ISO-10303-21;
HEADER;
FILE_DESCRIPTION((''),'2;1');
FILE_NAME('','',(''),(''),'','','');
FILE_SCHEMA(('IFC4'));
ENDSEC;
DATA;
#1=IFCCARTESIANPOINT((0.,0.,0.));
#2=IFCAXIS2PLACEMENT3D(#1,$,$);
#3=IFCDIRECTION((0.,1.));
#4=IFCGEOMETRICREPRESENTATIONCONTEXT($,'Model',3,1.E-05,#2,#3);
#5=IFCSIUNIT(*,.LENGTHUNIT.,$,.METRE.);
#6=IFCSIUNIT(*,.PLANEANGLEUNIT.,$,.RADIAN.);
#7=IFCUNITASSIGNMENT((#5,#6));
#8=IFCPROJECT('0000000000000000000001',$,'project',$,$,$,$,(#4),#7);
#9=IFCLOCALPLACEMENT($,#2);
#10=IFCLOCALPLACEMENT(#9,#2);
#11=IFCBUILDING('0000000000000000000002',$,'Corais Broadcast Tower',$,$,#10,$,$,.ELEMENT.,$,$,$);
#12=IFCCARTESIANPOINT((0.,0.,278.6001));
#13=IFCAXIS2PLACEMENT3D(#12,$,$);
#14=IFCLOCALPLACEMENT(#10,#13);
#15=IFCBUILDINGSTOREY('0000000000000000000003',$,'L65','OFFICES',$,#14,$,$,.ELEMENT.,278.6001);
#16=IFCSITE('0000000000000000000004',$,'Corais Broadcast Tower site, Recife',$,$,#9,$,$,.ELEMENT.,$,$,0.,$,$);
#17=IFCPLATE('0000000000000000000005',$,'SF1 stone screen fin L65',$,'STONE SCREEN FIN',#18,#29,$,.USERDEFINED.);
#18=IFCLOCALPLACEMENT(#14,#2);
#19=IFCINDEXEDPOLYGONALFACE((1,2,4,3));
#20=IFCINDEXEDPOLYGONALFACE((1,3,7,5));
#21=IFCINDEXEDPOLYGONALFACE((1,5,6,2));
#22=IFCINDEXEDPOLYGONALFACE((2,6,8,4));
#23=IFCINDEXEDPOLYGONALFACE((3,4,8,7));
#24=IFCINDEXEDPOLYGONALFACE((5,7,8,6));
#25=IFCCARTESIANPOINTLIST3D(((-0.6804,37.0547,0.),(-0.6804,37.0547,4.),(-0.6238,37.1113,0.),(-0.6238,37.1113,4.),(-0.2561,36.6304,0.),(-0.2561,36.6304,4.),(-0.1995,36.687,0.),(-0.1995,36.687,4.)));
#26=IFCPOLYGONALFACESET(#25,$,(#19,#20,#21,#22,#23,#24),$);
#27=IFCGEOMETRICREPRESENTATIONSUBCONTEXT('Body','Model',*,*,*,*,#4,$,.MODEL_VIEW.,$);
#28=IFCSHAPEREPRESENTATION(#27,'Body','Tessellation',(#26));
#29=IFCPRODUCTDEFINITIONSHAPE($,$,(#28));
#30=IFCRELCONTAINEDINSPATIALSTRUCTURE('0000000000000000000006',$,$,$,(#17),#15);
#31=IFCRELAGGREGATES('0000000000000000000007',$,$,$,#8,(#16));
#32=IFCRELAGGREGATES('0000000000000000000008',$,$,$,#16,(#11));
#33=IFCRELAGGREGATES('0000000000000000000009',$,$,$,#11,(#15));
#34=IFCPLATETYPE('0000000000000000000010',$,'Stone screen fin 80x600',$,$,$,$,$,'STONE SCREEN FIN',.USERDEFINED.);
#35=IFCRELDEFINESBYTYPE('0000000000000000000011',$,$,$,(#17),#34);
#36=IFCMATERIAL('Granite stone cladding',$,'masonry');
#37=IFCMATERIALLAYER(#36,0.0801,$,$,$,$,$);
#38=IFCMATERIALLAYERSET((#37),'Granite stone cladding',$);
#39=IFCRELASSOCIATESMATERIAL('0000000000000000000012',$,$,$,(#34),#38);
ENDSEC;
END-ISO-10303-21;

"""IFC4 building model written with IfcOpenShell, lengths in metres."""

from ifc_helpers import new_model, si_unit, direction, frame, origin, origin_2d, place, context, subcontext, project, spatial, rectangle, extrude, material, layer, layer_set, type_object, element, save


model = new_model("IFC4")

# Units and contexts
model_context = context("Model", 3, precision=1e-05, world=origin(), true_north=direction((0.0, 1.0)))
body_context = subcontext(model_context, "Body", "Model", "MODEL_VIEW")
ifc_project = project(units=[si_unit("LENGTHUNIT", "METRE"), si_unit("PLANEANGLEUNIT", "RADIAN")], contexts=[model_context])

# Site, building, storey
site_placement = place(None, origin())
site = spatial("IfcSite", under=ifc_project, at=site_placement, Name="Corais Broadcast Tower site, Recife", CompositionType="ELEMENT", RefElevation=0.0)
building_placement = place(site_placement, origin())
building = spatial("IfcBuilding", under=site, at=building_placement, Name="Corais Broadcast Tower", CompositionType="ELEMENT")
storey_placement = place(building_placement, frame((0.0, 0.0, 278.6001)))
storey = spatial("IfcBuildingStorey", under=building, at=storey_placement, Name="L65", Description="OFFICES", CompositionType="ELEMENT", Elevation=278.6001)

# Plate
ifc_material_1 = material(Name="Granite stone cladding", Category="masonry")
ifc_layer_1 = layer(ifc_material_1, 0.0801)
ifc_layer_set_1 = layer_set([ifc_layer_1], Name="Granite stone cladding")
plate_type_1 = type_object("IfcPlateType", Name="Stone screen fin 80x600", ElementType="STONE SCREEN FIN", PredefinedType="USERDEFINED", material=ifc_layer_set_1)
plate_1_placement = place(storey_placement, frame((-0.4399, 36.8708, 0.0), z_axis=(0.0, 0.0, 1.0), x_axis=(0.707107, 0.707107, 0.0)))
element("IfcPlate", 1, at=plate_1_placement, inside=storey, type_object=plate_type_1, Name="SF1 stone screen fin L65", ObjectType="STONE SCREEN FIN", PredefinedType="USERDEFINED", context=body_context, shape_type="SweptSolid", body=[
    extrude(rectangle(XDim=0.0801, YDim=0.6001, at=origin_2d()), origin(), (0.0, 0.0, 1.0), 4.0),
])

save(model, "model.ifc")
